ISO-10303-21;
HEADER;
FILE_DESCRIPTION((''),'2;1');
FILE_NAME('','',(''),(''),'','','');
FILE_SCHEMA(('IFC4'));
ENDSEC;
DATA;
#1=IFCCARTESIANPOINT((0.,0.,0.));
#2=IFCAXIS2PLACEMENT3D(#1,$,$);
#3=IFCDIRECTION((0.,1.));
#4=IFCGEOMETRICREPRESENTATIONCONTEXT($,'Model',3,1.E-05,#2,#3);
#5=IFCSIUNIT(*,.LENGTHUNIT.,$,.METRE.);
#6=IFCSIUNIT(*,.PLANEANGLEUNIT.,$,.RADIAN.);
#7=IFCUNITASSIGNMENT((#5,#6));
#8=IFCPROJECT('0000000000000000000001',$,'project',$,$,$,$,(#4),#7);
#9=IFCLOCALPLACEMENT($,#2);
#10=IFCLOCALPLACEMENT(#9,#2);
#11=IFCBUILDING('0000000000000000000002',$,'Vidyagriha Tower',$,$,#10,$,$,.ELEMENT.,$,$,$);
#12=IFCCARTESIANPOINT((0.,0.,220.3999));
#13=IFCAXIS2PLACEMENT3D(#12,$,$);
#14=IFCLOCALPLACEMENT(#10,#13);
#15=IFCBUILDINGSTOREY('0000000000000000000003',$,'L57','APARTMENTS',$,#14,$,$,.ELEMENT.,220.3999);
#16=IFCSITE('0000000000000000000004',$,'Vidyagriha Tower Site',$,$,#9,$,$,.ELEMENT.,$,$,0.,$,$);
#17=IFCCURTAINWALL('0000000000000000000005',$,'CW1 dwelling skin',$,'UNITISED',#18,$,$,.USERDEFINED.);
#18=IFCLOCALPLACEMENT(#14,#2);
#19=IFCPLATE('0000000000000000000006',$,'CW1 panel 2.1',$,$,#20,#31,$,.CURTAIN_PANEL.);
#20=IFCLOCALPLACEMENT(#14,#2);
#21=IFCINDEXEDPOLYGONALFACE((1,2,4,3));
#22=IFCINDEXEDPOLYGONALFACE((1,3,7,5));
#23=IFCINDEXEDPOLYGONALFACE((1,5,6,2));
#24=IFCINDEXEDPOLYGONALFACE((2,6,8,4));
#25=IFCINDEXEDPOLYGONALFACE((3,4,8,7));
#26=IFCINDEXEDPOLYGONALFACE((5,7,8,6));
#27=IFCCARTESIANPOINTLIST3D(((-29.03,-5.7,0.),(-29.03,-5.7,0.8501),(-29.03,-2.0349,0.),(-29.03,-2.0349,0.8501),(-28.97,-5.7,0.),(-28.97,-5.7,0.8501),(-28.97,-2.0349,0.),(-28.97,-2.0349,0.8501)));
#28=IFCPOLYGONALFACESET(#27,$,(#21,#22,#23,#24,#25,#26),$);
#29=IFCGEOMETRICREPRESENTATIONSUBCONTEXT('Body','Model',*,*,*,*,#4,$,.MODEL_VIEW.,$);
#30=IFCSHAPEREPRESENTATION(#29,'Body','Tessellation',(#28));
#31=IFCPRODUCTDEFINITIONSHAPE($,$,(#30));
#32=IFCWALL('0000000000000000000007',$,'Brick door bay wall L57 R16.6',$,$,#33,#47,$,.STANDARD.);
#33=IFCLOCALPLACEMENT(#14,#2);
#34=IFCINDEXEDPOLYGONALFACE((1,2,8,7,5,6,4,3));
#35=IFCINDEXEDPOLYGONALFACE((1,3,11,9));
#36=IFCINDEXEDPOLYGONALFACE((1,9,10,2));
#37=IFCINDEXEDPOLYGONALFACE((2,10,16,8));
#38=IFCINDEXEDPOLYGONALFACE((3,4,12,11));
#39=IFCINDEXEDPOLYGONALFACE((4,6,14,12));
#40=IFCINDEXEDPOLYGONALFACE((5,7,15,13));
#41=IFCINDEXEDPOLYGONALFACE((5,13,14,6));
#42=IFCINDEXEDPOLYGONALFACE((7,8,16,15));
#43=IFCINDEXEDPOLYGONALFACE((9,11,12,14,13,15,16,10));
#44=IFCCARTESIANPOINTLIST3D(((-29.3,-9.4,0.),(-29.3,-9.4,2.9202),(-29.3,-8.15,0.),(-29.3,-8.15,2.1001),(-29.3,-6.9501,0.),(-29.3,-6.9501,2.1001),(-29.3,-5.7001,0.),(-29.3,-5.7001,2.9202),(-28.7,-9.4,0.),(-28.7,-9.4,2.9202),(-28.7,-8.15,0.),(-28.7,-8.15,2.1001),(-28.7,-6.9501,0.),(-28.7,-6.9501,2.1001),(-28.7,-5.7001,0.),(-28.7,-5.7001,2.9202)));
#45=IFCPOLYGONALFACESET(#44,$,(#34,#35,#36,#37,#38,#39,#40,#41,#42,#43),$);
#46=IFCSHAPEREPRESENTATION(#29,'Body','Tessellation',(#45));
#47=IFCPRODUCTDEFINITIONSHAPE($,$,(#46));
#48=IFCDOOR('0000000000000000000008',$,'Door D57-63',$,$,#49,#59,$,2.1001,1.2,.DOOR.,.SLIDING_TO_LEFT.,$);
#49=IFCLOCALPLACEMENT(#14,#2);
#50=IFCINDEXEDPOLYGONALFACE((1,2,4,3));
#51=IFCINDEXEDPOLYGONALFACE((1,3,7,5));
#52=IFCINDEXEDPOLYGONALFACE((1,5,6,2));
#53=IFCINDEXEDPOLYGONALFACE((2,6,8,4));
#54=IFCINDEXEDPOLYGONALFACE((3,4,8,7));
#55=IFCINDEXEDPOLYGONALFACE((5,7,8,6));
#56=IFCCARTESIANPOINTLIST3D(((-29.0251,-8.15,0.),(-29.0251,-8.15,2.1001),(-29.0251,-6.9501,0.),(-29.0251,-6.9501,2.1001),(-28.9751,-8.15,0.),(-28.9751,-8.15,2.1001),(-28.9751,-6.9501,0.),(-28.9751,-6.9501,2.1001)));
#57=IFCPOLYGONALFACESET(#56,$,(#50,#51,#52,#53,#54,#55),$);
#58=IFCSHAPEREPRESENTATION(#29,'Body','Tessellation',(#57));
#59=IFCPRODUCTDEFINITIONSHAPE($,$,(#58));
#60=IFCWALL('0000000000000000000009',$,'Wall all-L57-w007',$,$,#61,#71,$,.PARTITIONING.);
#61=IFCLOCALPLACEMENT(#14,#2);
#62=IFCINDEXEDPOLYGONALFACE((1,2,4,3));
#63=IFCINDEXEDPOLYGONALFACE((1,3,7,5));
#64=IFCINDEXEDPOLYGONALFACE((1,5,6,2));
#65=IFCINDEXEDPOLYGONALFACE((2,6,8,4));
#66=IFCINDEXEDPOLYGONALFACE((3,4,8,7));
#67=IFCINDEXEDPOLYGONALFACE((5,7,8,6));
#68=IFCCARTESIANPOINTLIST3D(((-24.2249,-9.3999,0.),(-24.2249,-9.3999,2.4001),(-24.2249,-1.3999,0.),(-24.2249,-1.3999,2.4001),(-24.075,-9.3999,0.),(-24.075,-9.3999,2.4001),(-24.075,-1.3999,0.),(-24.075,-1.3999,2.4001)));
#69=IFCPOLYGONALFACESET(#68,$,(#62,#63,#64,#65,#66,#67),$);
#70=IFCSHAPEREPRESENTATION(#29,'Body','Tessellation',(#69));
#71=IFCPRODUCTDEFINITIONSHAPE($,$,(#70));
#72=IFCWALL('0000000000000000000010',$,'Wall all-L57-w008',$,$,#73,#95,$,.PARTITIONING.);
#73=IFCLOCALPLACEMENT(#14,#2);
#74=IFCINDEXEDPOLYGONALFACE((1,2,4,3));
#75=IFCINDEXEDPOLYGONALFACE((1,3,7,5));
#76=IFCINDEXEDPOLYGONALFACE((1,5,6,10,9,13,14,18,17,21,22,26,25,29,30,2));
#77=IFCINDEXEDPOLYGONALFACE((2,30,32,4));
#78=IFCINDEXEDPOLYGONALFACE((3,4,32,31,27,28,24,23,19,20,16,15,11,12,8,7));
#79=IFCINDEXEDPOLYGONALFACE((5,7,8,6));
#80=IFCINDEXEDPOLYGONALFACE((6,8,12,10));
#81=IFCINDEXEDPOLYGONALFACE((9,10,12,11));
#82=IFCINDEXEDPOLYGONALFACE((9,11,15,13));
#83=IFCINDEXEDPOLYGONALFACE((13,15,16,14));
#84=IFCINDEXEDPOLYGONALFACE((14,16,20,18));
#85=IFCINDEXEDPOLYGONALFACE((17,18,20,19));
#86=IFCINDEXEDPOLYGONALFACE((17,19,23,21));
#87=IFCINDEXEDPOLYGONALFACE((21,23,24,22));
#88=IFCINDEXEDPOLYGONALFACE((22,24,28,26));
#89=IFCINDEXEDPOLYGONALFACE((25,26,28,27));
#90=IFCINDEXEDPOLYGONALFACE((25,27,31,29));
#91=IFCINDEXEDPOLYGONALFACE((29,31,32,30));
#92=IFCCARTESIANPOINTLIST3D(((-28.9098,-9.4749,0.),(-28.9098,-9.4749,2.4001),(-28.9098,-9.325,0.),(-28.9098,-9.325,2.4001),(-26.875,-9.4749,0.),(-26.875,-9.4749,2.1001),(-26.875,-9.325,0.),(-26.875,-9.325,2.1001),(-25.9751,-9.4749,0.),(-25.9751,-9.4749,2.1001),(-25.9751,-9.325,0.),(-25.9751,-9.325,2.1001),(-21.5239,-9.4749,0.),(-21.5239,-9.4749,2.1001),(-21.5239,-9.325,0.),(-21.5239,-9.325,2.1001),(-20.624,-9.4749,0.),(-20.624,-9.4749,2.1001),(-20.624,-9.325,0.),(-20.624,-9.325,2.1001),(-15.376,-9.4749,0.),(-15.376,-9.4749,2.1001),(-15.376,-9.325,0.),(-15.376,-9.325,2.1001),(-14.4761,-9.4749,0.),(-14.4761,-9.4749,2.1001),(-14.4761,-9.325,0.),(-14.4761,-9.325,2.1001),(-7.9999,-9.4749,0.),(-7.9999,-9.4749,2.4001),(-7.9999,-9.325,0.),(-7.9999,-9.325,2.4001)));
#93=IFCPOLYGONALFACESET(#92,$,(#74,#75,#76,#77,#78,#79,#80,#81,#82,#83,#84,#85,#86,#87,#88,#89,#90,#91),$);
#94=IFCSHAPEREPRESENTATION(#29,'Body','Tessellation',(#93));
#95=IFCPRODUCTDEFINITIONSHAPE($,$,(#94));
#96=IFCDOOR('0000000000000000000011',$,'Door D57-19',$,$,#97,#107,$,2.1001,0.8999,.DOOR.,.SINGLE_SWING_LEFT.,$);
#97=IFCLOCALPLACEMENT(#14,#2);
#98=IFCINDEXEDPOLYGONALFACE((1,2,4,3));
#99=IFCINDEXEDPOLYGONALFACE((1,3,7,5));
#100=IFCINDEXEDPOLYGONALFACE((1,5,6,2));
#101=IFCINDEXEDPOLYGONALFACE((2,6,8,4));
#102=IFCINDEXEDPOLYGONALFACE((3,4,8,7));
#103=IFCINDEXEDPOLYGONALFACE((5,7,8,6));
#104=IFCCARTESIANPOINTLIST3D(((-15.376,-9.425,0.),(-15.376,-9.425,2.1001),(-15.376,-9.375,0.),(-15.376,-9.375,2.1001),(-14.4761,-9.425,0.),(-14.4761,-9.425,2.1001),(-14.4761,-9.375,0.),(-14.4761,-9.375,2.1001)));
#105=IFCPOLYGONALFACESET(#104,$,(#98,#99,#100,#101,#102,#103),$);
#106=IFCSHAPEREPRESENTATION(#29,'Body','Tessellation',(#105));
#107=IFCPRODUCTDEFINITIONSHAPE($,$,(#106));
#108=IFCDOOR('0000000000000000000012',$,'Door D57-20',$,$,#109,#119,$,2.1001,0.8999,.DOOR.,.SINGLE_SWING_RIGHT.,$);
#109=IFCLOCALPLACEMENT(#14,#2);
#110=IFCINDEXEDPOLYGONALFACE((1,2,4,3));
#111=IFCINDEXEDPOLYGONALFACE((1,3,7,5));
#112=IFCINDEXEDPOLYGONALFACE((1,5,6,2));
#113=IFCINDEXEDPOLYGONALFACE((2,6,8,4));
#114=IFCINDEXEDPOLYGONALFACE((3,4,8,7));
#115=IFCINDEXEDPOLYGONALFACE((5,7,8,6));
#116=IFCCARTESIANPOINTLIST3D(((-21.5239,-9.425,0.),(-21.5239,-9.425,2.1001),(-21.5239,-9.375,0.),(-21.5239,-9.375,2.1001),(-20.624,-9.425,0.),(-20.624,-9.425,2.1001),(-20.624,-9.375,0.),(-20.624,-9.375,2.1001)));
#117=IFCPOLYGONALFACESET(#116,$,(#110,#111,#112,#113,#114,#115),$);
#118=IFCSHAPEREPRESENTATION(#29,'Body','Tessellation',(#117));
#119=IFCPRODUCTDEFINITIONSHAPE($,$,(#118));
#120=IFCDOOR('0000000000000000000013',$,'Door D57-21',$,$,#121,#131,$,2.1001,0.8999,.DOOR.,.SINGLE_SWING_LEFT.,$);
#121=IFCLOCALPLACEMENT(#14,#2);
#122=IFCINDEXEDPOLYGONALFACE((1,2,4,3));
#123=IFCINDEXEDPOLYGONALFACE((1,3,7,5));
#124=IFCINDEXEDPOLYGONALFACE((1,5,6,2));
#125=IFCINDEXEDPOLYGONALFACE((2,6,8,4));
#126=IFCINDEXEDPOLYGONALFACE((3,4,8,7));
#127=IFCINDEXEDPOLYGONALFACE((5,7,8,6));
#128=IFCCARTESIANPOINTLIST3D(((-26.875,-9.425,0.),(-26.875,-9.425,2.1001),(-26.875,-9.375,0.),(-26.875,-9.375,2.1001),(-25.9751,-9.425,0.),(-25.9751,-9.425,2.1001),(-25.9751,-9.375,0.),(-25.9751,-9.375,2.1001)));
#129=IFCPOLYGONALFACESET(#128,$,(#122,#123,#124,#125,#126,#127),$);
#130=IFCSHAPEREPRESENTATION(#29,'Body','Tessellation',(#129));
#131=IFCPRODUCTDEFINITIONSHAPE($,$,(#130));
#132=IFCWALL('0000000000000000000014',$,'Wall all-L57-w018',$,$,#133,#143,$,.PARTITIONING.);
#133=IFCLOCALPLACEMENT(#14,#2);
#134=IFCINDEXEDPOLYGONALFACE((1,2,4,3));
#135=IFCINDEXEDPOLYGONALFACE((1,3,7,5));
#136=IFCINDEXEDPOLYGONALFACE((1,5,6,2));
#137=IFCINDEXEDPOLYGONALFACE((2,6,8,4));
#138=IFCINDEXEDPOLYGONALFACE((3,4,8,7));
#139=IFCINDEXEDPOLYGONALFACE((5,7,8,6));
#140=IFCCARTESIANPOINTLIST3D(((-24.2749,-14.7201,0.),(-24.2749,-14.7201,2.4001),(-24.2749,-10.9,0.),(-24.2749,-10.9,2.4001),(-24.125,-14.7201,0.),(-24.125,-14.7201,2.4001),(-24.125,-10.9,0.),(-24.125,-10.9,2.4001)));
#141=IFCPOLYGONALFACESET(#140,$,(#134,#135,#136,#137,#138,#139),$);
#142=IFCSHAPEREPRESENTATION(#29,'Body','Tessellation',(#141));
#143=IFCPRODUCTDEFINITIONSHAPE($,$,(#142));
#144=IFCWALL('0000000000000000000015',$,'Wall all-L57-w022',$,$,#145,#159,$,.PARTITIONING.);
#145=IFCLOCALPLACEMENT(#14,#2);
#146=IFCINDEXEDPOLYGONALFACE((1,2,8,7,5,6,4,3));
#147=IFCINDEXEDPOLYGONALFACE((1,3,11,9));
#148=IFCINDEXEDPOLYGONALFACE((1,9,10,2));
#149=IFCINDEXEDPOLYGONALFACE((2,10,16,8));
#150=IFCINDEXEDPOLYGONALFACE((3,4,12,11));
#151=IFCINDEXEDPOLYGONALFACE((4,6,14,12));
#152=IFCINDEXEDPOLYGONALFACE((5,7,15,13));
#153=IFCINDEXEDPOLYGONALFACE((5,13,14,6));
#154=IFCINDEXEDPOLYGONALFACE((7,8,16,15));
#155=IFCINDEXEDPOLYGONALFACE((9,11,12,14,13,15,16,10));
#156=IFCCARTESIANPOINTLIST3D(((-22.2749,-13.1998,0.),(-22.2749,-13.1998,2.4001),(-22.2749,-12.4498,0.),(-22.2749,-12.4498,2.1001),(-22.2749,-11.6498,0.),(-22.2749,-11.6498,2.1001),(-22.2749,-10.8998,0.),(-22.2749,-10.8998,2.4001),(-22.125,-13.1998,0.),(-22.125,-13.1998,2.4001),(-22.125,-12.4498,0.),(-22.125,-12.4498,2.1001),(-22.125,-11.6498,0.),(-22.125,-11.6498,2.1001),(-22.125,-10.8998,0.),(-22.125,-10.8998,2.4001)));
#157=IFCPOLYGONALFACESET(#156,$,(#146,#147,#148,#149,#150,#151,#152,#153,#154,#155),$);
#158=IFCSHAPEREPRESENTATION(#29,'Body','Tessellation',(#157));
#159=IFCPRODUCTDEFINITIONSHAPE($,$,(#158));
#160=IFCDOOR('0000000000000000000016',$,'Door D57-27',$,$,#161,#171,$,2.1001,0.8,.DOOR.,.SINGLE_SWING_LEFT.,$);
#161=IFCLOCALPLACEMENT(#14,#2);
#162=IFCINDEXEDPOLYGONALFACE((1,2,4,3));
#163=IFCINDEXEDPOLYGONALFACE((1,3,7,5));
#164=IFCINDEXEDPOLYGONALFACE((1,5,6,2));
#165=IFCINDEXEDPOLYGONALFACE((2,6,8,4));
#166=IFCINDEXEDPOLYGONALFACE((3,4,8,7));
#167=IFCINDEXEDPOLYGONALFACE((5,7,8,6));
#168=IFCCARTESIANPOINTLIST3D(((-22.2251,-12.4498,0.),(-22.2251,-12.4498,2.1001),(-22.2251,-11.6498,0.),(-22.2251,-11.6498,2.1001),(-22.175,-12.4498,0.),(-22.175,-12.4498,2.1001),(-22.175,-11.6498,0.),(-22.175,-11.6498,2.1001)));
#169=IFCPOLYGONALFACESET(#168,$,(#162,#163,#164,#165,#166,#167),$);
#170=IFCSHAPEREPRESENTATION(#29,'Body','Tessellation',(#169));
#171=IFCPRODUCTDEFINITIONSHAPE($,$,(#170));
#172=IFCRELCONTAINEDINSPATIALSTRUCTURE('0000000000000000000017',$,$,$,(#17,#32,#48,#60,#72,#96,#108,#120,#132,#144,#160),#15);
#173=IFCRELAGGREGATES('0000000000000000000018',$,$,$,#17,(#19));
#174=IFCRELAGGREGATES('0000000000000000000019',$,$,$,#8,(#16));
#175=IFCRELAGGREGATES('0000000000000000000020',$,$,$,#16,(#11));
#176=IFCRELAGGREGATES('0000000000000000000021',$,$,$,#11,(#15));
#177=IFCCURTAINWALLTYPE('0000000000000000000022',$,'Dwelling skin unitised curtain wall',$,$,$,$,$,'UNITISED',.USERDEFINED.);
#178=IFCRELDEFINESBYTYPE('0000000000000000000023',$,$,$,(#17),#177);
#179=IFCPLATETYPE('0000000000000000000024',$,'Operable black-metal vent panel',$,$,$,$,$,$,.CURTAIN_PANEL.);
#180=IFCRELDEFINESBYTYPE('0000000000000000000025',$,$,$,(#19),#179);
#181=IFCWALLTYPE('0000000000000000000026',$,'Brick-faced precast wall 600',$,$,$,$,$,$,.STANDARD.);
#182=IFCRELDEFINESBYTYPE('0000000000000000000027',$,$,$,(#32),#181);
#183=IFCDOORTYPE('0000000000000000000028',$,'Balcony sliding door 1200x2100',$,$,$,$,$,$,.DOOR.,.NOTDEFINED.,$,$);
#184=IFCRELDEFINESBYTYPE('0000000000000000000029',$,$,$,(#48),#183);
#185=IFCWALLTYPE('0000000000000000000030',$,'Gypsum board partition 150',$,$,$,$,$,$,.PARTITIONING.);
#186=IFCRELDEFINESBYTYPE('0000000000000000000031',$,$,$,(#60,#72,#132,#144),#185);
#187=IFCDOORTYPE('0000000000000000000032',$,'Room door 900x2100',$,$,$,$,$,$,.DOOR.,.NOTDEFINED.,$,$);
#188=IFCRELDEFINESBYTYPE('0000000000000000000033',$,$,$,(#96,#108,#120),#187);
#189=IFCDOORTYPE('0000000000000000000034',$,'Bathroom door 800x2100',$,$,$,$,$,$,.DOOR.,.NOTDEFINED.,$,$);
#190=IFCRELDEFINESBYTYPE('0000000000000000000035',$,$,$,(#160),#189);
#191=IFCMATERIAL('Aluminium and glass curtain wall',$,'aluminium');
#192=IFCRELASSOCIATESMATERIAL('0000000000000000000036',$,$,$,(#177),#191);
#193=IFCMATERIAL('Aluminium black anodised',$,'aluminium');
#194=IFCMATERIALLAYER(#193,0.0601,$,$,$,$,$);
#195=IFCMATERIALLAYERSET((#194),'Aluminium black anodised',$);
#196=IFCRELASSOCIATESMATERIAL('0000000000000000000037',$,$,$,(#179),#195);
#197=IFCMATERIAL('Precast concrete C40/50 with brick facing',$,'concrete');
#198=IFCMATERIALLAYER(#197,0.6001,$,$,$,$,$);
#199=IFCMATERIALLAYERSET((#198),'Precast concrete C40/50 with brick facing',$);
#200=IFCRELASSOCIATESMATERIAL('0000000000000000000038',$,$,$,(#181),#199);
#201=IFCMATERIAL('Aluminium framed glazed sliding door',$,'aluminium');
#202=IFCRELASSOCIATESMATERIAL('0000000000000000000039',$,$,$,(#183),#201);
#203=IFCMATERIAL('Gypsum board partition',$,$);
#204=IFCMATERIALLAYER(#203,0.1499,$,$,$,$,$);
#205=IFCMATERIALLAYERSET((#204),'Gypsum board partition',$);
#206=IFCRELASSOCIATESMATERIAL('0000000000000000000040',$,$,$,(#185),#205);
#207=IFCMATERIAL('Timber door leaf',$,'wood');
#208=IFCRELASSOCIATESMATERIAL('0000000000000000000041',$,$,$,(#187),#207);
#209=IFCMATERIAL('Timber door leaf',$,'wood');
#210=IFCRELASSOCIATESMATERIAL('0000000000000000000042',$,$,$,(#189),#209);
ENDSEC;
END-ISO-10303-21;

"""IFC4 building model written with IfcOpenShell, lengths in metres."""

from ifc_helpers import new_model, si_unit, direction, frame, frame_2d, origin, origin_2d, place, context, subcontext, project, spatial, rectangle, extrude, material, layer, layer_set, type_object, element, fill, aggregate, save


model = new_model("IFC4")

# Units and contexts
model_context = context("Model", 3, precision=1e-05, world=origin(), true_north=direction((0.0, 1.0)))
body_context = subcontext(model_context, "Body", "Model", "MODEL_VIEW")
ifc_project = project(units=[si_unit("LENGTHUNIT", "METRE"), si_unit("PLANEANGLEUNIT", "RADIAN")], contexts=[model_context])

# Site, building, storey
site_placement = place(None, origin())
site = spatial("IfcSite", under=ifc_project, at=site_placement, Name="Vidyagriha Tower Site", CompositionType="ELEMENT", RefElevation=0.0)
building_placement = place(site_placement, origin())
building = spatial("IfcBuilding", under=site, at=building_placement, Name="Vidyagriha Tower", CompositionType="ELEMENT")
storey_placement = place(building_placement, frame((0.0, 0.0, 220.3999)))
storey = spatial("IfcBuildingStorey", under=building, at=storey_placement, Name="L57", Description="APARTMENTS", CompositionType="ELEMENT", Elevation=220.3999)

# Curtain wall
ifc_material_1 = material(Name="Aluminium and glass curtain wall", Category="aluminium")
curtain_wall_type = type_object("IfcCurtainWallType", Name="Dwelling skin unitised curtain wall", ElementType="UNITISED", PredefinedType="USERDEFINED", material=ifc_material_1)
curtain_wall_1_placement = place(storey_placement, origin())
curtain_wall_1 = element("IfcCurtainWall", 1, at=curtain_wall_1_placement, inside=storey, type_object=curtain_wall_type, Name="CW1 dwelling skin", ObjectType="UNITISED", PredefinedType="USERDEFINED")

# Plate
ifc_material_2 = material(Name="Aluminium black anodised", Category="aluminium")
ifc_layer_1 = layer(ifc_material_2, 0.0601)
ifc_layer_set_1 = layer_set([ifc_layer_1], Name="Aluminium black anodised")
plate_type_1 = type_object("IfcPlateType", Name="Operable black-metal vent panel", PredefinedType="CURTAIN_PANEL", material=ifc_layer_set_1)
plate_1_placement = place(storey_placement, frame((-29.0, -3.8674, 0.0), z_axis=(0.0, 0.0, 1.0), x_axis=(0.0, -1.0, 0.0)))
plate_1 = element("IfcPlate", 2, at=plate_1_placement, type_object=plate_type_1, Name="CW1 panel 2.1", PredefinedType="CURTAIN_PANEL", context=body_context, shape_type="SweptSolid", body=[
    extrude(rectangle(XDim=3.665, YDim=0.0601, at=origin_2d()), origin(), (0.0, 0.0, 1.0), 0.8501),
])
aggregate(curtain_wall_1, [plate_1])

# Wall, opening, door
ifc_material_3 = material(Name="Precast concrete C40/50 with brick facing", Category="concrete")
ifc_layer_2 = layer(ifc_material_3, 0.6001)
ifc_layer_set_2 = layer_set([ifc_layer_2], Name="Precast concrete C40/50 with brick facing")
wall_type_1 = type_object("IfcWallType", Name="Brick-faced precast wall 600", PredefinedType="STANDARD", material=ifc_layer_set_2)
wall_1_placement = place(storey_placement, frame((-29.0, -5.7, 0.0), z_axis=(0.0, 0.0, 1.0), x_axis=(0.0, -1.0, 0.0)))
wall_1 = element("IfcWall", 3, at=wall_1_placement, inside=storey, type_object=wall_type_1, Name="Brick door bay wall L57 R16.6", PredefinedType="STANDARD", context=body_context, shape_type="SweptSolid", body=[
    extrude(rectangle(XDim=3.7, YDim=0.6001, at=frame_2d((1.8501, 0.0))), origin(), (0.0, 0.0, 1.0), 2.9202),
])
opening_1_placement = place(wall_1_placement, frame((1.25, 0.0, 0.0)))
opening_1 = element("IfcOpeningElement", 4, at=opening_1_placement, cuts=wall_1, PredefinedType="OPENING", context=body_context, shape_type="SweptSolid", body=[
    extrude(rectangle(XDim=1.2, YDim=2.1001, at=frame_2d((0.6001, 1.05))), frame((0.0, 0.3101, 0.0), z_axis=(0.0, -1.0, 0.0), x_axis=(1.0, 0.0, 0.0)), (0.0, 0.0, 1.0), 0.6201),
])
ifc_material_4 = material(Name="Aluminium framed glazed sliding door", Category="aluminium")
door_type_1 = type_object("IfcDoorType", Name="Balcony sliding door 1200x2100", OperationType="NOTDEFINED", PredefinedType="DOOR", material=ifc_material_4)
door_1_placement = place(opening_1_placement, origin())
door_1 = element("IfcDoor", 5, at=door_1_placement, inside=storey, type_object=door_type_1, Name="Door D57-63", OperationType="SLIDING_TO_LEFT", OverallHeight=2.1001, OverallWidth=1.2, PredefinedType="DOOR", context=body_context, shape_type="SweptSolid", body=[
    extrude(rectangle(XDim=1.2, YDim=2.1001, at=frame_2d((0.6001, 1.05))), frame((0.0, 0.0249, 0.0), z_axis=(0.0, -1.0, 0.0), x_axis=(1.0, 0.0, 0.0)), (0.0, 0.0, 1.0), 0.05),
])
fill(opening_1, door_1)

# Wall
ifc_material_5 = material(Name="Gypsum board partition")
ifc_layer_3 = layer(ifc_material_5, 0.1499)
ifc_layer_set_3 = layer_set([ifc_layer_3], Name="Gypsum board partition")
wall_type_2 = type_object("IfcWallType", Name="Gypsum board partition 150", PredefinedType="PARTITIONING", material=ifc_layer_set_3)
wall_2_placement = place(storey_placement, frame((-24.1499, -9.3999, 0.0), z_axis=(0.0, 0.0, 1.0), x_axis=(0.0, 1.0, 0.0)))
element("IfcWall", 6, at=wall_2_placement, inside=storey, type_object=wall_type_2, Name="Wall all-L57-w007", PredefinedType="PARTITIONING", context=body_context, shape_type="SweptSolid", body=[
    extrude(rectangle(XDim=8.0, YDim=0.1499, at=frame_2d((4.0, 0.0))), origin(), (0.0, 0.0, 1.0), 2.4001),
])

# Wall, openings, doors
wall_3_placement = place(storey_placement, frame((-28.9099, -9.3999, 0.0)))
wall_3 = element("IfcWall", 7, at=wall_3_placement, inside=storey, type_object=wall_type_2, Name="Wall all-L57-w008", PredefinedType="PARTITIONING", context=body_context, shape_type="SweptSolid", body=[
    extrude(rectangle(XDim=20.9099, YDim=0.1499, at=frame_2d((10.4551, 0.0))), origin(), (0.0, 0.0, 1.0), 2.4001),
])
opening_2_placement = place(wall_3_placement, frame((13.5339, 0.0, 0.0)))
opening_2 = element("IfcOpeningElement", 8, at=opening_2_placement, cuts=wall_3, PredefinedType="OPENING", context=body_context, shape_type="SweptSolid", body=[
    extrude(rectangle(XDim=0.8999, YDim=2.1001, at=frame_2d((0.45, 1.05))), frame((0.0, 0.085, 0.0), z_axis=(0.0, -1.0, 0.0), x_axis=(1.0, 0.0, 0.0)), (0.0, 0.0, 1.0), 0.1699),
])
opening_3_placement = place(wall_3_placement, frame((7.386, 0.0, 0.0)))
opening_3 = element("IfcOpeningElement", 9, at=opening_3_placement, cuts=wall_3, PredefinedType="OPENING", context=body_context, shape_type="SweptSolid", body=[
    extrude(rectangle(XDim=0.8999, YDim=2.1001, at=frame_2d((0.45, 1.05))), frame((0.0, 0.085, 0.0), z_axis=(0.0, -1.0, 0.0), x_axis=(1.0, 0.0, 0.0)), (0.0, 0.0, 1.0), 0.1699),
])
opening_4_placement = place(wall_3_placement, frame((2.0349, 0.0, 0.0)))
opening_4 = element("IfcOpeningElement", 10, at=opening_4_placement, cuts=wall_3, PredefinedType="OPENING", context=body_context, shape_type="SweptSolid", body=[
    extrude(rectangle(XDim=0.8999, YDim=2.1001, at=frame_2d((0.45, 1.05))), frame((0.0, 0.085, 0.0), z_axis=(0.0, -1.0, 0.0), x_axis=(1.0, 0.0, 0.0)), (0.0, 0.0, 1.0), 0.1699),
])
ifc_material_6 = material(Name="Timber door leaf", Category="wood")
door_type_2 = type_object("IfcDoorType", Name="Room door 900x2100", OperationType="NOTDEFINED", PredefinedType="DOOR", material=ifc_material_6)
door_2_placement = place(opening_2_placement, origin())
door_2 = element("IfcDoor", 11, at=door_2_placement, inside=storey, type_object=door_type_2, Name="Door D57-19", OperationType="SINGLE_SWING_LEFT", OverallHeight=2.1001, OverallWidth=0.8999, PredefinedType="DOOR", context=body_context, shape_type="SweptSolid", body=[
    extrude(rectangle(XDim=0.8999, YDim=2.1001, at=frame_2d((0.45, 1.05))), frame((0.0, 0.0249, 0.0), z_axis=(0.0, -1.0, 0.0), x_axis=(1.0, 0.0, 0.0)), (0.0, 0.0, 1.0), 0.05),
])
fill(opening_2, door_2)
door_3_placement = place(opening_3_placement, origin())
door_3 = element("IfcDoor", 12, at=door_3_placement, inside=storey, type_object=door_type_2, Name="Door D57-20", OperationType="SINGLE_SWING_RIGHT", OverallHeight=2.1001, OverallWidth=0.8999, PredefinedType="DOOR", context=body_context, shape_type="SweptSolid", body=[
    extrude(rectangle(XDim=0.8999, YDim=2.1001, at=frame_2d((0.45, 1.05))), frame((0.0, 0.0249, 0.0), z_axis=(0.0, -1.0, 0.0), x_axis=(1.0, 0.0, 0.0)), (0.0, 0.0, 1.0), 0.05),
])
fill(opening_3, door_3)
door_4_placement = place(opening_4_placement, origin())
door_4 = element("IfcDoor", 13, at=door_4_placement, inside=storey, type_object=door_type_2, Name="Door D57-21", OperationType="SINGLE_SWING_LEFT", OverallHeight=2.1001, OverallWidth=0.8999, PredefinedType="DOOR", context=body_context, shape_type="SweptSolid", body=[
    extrude(rectangle(XDim=0.8999, YDim=2.1001, at=frame_2d((0.45, 1.05))), frame((0.0, 0.0249, 0.0), z_axis=(0.0, -1.0, 0.0), x_axis=(1.0, 0.0, 0.0)), (0.0, 0.0, 1.0), 0.05),
])
fill(opening_4, door_4)

# Wall
wall_4_placement = place(storey_placement, frame((-24.2, -10.8999, 0.0), z_axis=(0.0, 0.0, 1.0), x_axis=(0.0, -1.0, 0.0)))
element("IfcWall", 14, at=wall_4_placement, inside=storey, type_object=wall_type_2, Name="Wall all-L57-w018", PredefinedType="PARTITIONING", context=body_context, shape_type="SweptSolid", body=[
    extrude(rectangle(XDim=3.8201, YDim=0.1499, at=frame_2d((1.9102, 0.0))), origin(), (0.0, 0.0, 1.0), 2.4001),
])

# Wall, opening, door
wall_5_placement = place(storey_placement, frame((-22.2, -10.8999, 0.0), z_axis=(0.0, 0.0, 1.0), x_axis=(0.0, -1.0, 0.0)))
wall_5 = element("IfcWall", 15, at=wall_5_placement, inside=storey, type_object=wall_type_2, Name="Wall all-L57-w022", PredefinedType="PARTITIONING", context=body_context, shape_type="SweptSolid", body=[
    extrude(rectangle(XDim=2.3, YDim=0.1499, at=frame_2d((1.1499, 0.0))), origin(), (0.0, 0.0, 1.0), 2.4001),
])
opening_5_placement = place(wall_5_placement, frame((0.75, 0.0, 0.0)))
opening_5 = element("IfcOpeningElement", 16, at=opening_5_placement, cuts=wall_5, PredefinedType="OPENING", context=body_context, shape_type="SweptSolid", body=[
    extrude(rectangle(XDim=0.8, YDim=2.1001, at=frame_2d((0.3999, 1.05))), frame((0.0, 0.085, 0.0), z_axis=(0.0, -1.0, 0.0), x_axis=(1.0, 0.0, 0.0)), (0.0, 0.0, 1.0), 0.1699),
])
ifc_material_7 = material(Name="Timber door leaf", Category="wood")
door_type_3 = type_object("IfcDoorType", Name="Bathroom door 800x2100", OperationType="NOTDEFINED", PredefinedType="DOOR", material=ifc_material_7)
door_5_placement = place(opening_5_placement, origin())
door_5 = element("IfcDoor", 17, at=door_5_placement, inside=storey, type_object=door_type_3, Name="Door D57-27", OperationType="SINGLE_SWING_LEFT", OverallHeight=2.1001, OverallWidth=0.8, PredefinedType="DOOR", context=body_context, shape_type="SweptSolid", body=[
    extrude(rectangle(XDim=0.8, YDim=2.1001, at=frame_2d((0.3999, 1.05))), frame((0.0, 0.0249, 0.0), z_axis=(0.0, -1.0, 0.0), x_axis=(1.0, 0.0, 0.0)), (0.0, 0.0, 1.0), 0.05),
])
fill(opening_5, door_5)

save(model, "model.ifc")
